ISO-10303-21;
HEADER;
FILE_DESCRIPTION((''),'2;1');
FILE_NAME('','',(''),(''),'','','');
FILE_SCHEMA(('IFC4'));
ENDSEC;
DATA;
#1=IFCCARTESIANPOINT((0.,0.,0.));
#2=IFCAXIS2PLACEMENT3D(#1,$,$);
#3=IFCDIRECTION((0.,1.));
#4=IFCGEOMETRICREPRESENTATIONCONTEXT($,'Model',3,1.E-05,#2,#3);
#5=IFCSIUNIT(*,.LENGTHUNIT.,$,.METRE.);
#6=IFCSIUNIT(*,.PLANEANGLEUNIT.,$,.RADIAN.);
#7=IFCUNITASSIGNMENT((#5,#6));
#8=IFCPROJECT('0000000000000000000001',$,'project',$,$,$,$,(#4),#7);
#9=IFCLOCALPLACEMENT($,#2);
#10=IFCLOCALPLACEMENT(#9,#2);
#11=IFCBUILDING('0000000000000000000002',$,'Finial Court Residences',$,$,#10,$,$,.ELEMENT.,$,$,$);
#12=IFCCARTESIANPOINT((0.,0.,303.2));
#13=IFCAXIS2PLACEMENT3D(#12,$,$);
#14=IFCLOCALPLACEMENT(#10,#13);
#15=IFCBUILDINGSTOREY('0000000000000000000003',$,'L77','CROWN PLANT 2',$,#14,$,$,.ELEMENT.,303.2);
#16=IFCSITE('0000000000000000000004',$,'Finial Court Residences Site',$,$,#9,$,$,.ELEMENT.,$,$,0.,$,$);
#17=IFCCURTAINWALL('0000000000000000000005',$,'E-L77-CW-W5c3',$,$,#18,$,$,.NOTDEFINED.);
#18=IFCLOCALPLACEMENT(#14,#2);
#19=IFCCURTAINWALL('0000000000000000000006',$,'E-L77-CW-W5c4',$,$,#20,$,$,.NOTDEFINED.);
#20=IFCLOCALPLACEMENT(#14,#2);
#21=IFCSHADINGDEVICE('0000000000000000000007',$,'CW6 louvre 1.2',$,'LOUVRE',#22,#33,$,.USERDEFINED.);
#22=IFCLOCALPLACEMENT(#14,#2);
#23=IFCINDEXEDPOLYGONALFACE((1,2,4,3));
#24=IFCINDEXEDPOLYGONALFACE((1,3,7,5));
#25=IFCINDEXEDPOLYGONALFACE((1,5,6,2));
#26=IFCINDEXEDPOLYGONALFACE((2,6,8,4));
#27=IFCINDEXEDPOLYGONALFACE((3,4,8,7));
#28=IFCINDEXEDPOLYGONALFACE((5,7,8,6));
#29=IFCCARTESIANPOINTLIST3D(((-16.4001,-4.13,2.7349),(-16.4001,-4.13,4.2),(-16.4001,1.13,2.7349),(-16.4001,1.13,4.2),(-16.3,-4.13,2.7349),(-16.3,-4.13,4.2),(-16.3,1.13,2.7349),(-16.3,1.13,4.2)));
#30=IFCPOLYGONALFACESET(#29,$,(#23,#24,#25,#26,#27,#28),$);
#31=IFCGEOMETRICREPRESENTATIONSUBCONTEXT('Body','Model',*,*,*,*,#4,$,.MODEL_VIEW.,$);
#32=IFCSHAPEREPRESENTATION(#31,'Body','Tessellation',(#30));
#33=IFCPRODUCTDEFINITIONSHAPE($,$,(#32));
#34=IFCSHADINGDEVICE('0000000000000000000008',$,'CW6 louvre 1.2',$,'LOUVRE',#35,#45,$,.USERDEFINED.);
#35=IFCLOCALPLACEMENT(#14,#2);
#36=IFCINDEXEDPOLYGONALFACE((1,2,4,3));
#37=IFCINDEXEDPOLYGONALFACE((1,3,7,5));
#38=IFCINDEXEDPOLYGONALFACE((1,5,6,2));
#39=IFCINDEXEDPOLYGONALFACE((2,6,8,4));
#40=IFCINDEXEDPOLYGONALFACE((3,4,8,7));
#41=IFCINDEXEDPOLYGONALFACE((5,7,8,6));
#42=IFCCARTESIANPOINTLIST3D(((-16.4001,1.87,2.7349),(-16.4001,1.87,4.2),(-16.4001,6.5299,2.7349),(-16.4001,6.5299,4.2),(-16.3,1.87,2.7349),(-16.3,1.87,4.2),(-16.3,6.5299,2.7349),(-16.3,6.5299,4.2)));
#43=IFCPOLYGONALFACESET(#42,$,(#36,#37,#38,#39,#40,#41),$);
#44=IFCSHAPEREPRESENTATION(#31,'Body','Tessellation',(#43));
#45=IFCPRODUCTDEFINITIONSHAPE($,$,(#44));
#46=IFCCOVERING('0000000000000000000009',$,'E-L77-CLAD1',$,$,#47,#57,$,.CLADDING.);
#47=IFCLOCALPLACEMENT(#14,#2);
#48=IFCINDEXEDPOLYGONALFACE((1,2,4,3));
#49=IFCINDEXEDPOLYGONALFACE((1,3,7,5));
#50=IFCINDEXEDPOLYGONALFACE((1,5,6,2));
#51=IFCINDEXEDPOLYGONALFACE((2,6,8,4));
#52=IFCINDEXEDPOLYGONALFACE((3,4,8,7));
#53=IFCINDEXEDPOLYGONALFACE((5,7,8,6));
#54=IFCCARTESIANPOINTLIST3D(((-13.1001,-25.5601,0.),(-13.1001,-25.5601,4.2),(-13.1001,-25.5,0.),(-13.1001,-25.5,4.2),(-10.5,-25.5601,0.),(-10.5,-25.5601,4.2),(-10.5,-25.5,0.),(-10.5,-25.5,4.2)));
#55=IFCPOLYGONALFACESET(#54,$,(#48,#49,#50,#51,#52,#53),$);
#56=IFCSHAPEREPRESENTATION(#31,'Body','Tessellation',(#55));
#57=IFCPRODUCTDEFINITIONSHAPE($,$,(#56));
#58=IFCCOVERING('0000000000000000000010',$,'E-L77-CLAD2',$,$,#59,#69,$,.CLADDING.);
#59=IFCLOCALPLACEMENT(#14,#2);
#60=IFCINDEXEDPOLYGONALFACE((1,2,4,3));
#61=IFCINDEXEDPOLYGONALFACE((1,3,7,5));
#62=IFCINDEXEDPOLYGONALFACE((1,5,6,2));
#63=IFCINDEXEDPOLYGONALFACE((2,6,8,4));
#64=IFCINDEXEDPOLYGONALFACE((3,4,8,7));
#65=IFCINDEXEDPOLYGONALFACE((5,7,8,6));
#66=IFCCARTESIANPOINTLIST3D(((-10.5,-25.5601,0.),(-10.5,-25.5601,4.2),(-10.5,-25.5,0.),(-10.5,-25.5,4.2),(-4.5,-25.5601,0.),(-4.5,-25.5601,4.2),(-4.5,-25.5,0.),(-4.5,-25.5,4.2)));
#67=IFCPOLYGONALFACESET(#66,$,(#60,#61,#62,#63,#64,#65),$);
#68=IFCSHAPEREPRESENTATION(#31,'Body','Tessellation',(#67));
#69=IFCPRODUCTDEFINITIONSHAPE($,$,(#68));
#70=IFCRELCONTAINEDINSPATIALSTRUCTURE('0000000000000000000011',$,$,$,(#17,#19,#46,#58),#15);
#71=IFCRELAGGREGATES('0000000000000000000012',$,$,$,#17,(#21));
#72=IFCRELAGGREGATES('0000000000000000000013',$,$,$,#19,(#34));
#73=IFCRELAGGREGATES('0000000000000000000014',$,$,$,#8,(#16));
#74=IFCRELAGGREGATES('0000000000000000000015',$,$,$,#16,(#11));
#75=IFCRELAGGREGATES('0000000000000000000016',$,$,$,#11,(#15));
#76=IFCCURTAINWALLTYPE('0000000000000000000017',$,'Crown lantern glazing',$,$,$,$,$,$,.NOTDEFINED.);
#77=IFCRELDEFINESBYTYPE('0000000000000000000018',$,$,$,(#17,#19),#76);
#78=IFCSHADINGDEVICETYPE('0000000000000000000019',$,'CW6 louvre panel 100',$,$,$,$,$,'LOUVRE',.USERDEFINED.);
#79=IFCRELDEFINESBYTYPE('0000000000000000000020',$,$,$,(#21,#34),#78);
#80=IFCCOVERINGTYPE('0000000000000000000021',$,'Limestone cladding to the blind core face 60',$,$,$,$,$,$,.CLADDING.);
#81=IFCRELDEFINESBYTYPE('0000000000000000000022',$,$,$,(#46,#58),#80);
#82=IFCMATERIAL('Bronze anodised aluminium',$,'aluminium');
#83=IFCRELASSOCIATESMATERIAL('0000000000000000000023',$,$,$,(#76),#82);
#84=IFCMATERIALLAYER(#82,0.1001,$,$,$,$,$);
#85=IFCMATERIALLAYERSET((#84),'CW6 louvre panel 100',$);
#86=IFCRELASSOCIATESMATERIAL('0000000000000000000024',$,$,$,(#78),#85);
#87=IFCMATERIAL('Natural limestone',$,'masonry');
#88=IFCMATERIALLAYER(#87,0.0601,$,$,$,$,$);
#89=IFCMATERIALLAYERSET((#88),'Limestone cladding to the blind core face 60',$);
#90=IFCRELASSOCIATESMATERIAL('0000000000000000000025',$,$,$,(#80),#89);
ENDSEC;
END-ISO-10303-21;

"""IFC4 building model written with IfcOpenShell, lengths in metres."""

from ifc_helpers import new_model, si_unit, direction, frame, origin, origin_2d, place, context, subcontext, project, spatial, polyline, rectangle, outline, extrude, material, layer, layer_set, type_object, element, aggregate, save


model = new_model("IFC4")

# Units and contexts
model_context = context("Model", 3, precision=1e-05, world=origin(), true_north=direction((0.0, 1.0)))
body_context = subcontext(model_context, "Body", "Model", "MODEL_VIEW")
ifc_project = project(units=[si_unit("LENGTHUNIT", "METRE"), si_unit("PLANEANGLEUNIT", "RADIAN")], contexts=[model_context])

# Site, building, storey
site_placement = place(None, origin())
site = spatial("IfcSite", under=ifc_project, at=site_placement, Name="Finial Court Residences Site", CompositionType="ELEMENT", RefElevation=0.0)
building_placement = place(site_placement, origin())
building = spatial("IfcBuilding", under=site, at=building_placement, Name="Finial Court Residences", CompositionType="ELEMENT")
storey_placement = place(building_placement, frame((0.0, 0.0, 303.2)))
storey = spatial("IfcBuildingStorey", under=building, at=storey_placement, Name="L77", Description="CROWN PLANT 2", CompositionType="ELEMENT", Elevation=303.2)

# Curtain wall
ifc_material_1 = material(Name="Bronze anodised aluminium", Category="aluminium")
curtain_wall_type = type_object("IfcCurtainWallType", Name="Crown lantern glazing", PredefinedType="NOTDEFINED", material=ifc_material_1)
curtain_wall_1_placement = place(storey_placement, origin())
curtain_wall_1 = element("IfcCurtainWall", 1, at=curtain_wall_1_placement, inside=storey, type_object=curtain_wall_type, Name="E-L77-CW-W5c3", PredefinedType="NOTDEFINED")

# Curtain wall
curtain_wall_2_placement = place(storey_placement, origin())
curtain_wall_2 = element("IfcCurtainWall", 2, at=curtain_wall_2_placement, inside=storey, type_object=curtain_wall_type, Name="E-L77-CW-W5c4", PredefinedType="NOTDEFINED")

# Shading devices
ifc_layer_1 = layer(ifc_material_1, 0.1001)
ifc_layer_set_1 = layer_set([ifc_layer_1], Name="CW6 louvre panel 100")
shading_device_type = type_object("IfcShadingDeviceType", Name="CW6 louvre panel 100", ElementType="LOUVRE", PredefinedType="USERDEFINED", material=ifc_layer_set_1)
shading_device_1_placement = place(storey_placement, frame((-16.3501, -1.5, 2.7349), z_axis=(0.0, 0.0, 1.0), x_axis=(0.0, 1.0, 0.0)))
shading_device_1 = element("IfcShadingDevice", 3, at=shading_device_1_placement, type_object=shading_device_type, Name="CW6 louvre 1.2", ObjectType="LOUVRE", PredefinedType="USERDEFINED", context=body_context, shape_type="SweptSolid", body=[
    extrude(rectangle(XDim=5.26, YDim=0.1001, at=origin_2d()), origin(), (0.0, 0.0, 1.0), 1.4651),
])
aggregate(curtain_wall_1, [shading_device_1])
shading_device_2_placement = place(storey_placement, frame((-16.3501, 4.2, 2.7349), z_axis=(0.0, 0.0, 1.0), x_axis=(0.0, 1.0, 0.0)))
shading_device_2 = element("IfcShadingDevice", 4, at=shading_device_2_placement, type_object=shading_device_type, Name="CW6 louvre 1.2", ObjectType="LOUVRE", PredefinedType="USERDEFINED", context=body_context, shape_type="SweptSolid", body=[
    extrude(rectangle(XDim=4.6599, YDim=0.1001, at=origin_2d()), origin(), (0.0, 0.0, 1.0), 1.4651),
])
aggregate(curtain_wall_2, [shading_device_2])

# Coverings
ifc_material_2 = material(Name="Natural limestone", Category="masonry")
ifc_layer_2 = layer(ifc_material_2, 0.0601)
ifc_layer_set_2 = layer_set([ifc_layer_2], Name="Limestone cladding to the blind core face 60")
covering_type = type_object("IfcCoveringType", Name="Limestone cladding to the blind core face 60", PredefinedType="CLADDING", material=ifc_layer_set_2)
covering_1_placement = place(storey_placement, origin())
element("IfcCovering", 5, at=covering_1_placement, inside=storey, type_object=covering_type, Name="E-L77-CLAD1", PredefinedType="CLADDING", context=body_context, shape_type="SweptSolid", body=[
    extrude(outline(polyline([(-10.5, -25.5601), (-10.5, -25.5), (-13.1001, -25.5), (-13.1001, -25.5601), (-10.5, -25.5601)])), origin(), (0.0, 0.0, 1.0), 4.2),
])
covering_2_placement = place(storey_placement, origin())
element("IfcCovering", 6, at=covering_2_placement, inside=storey, type_object=covering_type, Name="E-L77-CLAD2", PredefinedType="CLADDING", context=body_context, shape_type="SweptSolid", body=[
    extrude(outline(polyline([(-4.5, -25.5601), (-4.5, -25.5), (-10.5, -25.5), (-10.5, -25.5601), (-4.5, -25.5601)])), origin(), (0.0, 0.0, 1.0), 4.2),
])

save(model, "model.ifc")
